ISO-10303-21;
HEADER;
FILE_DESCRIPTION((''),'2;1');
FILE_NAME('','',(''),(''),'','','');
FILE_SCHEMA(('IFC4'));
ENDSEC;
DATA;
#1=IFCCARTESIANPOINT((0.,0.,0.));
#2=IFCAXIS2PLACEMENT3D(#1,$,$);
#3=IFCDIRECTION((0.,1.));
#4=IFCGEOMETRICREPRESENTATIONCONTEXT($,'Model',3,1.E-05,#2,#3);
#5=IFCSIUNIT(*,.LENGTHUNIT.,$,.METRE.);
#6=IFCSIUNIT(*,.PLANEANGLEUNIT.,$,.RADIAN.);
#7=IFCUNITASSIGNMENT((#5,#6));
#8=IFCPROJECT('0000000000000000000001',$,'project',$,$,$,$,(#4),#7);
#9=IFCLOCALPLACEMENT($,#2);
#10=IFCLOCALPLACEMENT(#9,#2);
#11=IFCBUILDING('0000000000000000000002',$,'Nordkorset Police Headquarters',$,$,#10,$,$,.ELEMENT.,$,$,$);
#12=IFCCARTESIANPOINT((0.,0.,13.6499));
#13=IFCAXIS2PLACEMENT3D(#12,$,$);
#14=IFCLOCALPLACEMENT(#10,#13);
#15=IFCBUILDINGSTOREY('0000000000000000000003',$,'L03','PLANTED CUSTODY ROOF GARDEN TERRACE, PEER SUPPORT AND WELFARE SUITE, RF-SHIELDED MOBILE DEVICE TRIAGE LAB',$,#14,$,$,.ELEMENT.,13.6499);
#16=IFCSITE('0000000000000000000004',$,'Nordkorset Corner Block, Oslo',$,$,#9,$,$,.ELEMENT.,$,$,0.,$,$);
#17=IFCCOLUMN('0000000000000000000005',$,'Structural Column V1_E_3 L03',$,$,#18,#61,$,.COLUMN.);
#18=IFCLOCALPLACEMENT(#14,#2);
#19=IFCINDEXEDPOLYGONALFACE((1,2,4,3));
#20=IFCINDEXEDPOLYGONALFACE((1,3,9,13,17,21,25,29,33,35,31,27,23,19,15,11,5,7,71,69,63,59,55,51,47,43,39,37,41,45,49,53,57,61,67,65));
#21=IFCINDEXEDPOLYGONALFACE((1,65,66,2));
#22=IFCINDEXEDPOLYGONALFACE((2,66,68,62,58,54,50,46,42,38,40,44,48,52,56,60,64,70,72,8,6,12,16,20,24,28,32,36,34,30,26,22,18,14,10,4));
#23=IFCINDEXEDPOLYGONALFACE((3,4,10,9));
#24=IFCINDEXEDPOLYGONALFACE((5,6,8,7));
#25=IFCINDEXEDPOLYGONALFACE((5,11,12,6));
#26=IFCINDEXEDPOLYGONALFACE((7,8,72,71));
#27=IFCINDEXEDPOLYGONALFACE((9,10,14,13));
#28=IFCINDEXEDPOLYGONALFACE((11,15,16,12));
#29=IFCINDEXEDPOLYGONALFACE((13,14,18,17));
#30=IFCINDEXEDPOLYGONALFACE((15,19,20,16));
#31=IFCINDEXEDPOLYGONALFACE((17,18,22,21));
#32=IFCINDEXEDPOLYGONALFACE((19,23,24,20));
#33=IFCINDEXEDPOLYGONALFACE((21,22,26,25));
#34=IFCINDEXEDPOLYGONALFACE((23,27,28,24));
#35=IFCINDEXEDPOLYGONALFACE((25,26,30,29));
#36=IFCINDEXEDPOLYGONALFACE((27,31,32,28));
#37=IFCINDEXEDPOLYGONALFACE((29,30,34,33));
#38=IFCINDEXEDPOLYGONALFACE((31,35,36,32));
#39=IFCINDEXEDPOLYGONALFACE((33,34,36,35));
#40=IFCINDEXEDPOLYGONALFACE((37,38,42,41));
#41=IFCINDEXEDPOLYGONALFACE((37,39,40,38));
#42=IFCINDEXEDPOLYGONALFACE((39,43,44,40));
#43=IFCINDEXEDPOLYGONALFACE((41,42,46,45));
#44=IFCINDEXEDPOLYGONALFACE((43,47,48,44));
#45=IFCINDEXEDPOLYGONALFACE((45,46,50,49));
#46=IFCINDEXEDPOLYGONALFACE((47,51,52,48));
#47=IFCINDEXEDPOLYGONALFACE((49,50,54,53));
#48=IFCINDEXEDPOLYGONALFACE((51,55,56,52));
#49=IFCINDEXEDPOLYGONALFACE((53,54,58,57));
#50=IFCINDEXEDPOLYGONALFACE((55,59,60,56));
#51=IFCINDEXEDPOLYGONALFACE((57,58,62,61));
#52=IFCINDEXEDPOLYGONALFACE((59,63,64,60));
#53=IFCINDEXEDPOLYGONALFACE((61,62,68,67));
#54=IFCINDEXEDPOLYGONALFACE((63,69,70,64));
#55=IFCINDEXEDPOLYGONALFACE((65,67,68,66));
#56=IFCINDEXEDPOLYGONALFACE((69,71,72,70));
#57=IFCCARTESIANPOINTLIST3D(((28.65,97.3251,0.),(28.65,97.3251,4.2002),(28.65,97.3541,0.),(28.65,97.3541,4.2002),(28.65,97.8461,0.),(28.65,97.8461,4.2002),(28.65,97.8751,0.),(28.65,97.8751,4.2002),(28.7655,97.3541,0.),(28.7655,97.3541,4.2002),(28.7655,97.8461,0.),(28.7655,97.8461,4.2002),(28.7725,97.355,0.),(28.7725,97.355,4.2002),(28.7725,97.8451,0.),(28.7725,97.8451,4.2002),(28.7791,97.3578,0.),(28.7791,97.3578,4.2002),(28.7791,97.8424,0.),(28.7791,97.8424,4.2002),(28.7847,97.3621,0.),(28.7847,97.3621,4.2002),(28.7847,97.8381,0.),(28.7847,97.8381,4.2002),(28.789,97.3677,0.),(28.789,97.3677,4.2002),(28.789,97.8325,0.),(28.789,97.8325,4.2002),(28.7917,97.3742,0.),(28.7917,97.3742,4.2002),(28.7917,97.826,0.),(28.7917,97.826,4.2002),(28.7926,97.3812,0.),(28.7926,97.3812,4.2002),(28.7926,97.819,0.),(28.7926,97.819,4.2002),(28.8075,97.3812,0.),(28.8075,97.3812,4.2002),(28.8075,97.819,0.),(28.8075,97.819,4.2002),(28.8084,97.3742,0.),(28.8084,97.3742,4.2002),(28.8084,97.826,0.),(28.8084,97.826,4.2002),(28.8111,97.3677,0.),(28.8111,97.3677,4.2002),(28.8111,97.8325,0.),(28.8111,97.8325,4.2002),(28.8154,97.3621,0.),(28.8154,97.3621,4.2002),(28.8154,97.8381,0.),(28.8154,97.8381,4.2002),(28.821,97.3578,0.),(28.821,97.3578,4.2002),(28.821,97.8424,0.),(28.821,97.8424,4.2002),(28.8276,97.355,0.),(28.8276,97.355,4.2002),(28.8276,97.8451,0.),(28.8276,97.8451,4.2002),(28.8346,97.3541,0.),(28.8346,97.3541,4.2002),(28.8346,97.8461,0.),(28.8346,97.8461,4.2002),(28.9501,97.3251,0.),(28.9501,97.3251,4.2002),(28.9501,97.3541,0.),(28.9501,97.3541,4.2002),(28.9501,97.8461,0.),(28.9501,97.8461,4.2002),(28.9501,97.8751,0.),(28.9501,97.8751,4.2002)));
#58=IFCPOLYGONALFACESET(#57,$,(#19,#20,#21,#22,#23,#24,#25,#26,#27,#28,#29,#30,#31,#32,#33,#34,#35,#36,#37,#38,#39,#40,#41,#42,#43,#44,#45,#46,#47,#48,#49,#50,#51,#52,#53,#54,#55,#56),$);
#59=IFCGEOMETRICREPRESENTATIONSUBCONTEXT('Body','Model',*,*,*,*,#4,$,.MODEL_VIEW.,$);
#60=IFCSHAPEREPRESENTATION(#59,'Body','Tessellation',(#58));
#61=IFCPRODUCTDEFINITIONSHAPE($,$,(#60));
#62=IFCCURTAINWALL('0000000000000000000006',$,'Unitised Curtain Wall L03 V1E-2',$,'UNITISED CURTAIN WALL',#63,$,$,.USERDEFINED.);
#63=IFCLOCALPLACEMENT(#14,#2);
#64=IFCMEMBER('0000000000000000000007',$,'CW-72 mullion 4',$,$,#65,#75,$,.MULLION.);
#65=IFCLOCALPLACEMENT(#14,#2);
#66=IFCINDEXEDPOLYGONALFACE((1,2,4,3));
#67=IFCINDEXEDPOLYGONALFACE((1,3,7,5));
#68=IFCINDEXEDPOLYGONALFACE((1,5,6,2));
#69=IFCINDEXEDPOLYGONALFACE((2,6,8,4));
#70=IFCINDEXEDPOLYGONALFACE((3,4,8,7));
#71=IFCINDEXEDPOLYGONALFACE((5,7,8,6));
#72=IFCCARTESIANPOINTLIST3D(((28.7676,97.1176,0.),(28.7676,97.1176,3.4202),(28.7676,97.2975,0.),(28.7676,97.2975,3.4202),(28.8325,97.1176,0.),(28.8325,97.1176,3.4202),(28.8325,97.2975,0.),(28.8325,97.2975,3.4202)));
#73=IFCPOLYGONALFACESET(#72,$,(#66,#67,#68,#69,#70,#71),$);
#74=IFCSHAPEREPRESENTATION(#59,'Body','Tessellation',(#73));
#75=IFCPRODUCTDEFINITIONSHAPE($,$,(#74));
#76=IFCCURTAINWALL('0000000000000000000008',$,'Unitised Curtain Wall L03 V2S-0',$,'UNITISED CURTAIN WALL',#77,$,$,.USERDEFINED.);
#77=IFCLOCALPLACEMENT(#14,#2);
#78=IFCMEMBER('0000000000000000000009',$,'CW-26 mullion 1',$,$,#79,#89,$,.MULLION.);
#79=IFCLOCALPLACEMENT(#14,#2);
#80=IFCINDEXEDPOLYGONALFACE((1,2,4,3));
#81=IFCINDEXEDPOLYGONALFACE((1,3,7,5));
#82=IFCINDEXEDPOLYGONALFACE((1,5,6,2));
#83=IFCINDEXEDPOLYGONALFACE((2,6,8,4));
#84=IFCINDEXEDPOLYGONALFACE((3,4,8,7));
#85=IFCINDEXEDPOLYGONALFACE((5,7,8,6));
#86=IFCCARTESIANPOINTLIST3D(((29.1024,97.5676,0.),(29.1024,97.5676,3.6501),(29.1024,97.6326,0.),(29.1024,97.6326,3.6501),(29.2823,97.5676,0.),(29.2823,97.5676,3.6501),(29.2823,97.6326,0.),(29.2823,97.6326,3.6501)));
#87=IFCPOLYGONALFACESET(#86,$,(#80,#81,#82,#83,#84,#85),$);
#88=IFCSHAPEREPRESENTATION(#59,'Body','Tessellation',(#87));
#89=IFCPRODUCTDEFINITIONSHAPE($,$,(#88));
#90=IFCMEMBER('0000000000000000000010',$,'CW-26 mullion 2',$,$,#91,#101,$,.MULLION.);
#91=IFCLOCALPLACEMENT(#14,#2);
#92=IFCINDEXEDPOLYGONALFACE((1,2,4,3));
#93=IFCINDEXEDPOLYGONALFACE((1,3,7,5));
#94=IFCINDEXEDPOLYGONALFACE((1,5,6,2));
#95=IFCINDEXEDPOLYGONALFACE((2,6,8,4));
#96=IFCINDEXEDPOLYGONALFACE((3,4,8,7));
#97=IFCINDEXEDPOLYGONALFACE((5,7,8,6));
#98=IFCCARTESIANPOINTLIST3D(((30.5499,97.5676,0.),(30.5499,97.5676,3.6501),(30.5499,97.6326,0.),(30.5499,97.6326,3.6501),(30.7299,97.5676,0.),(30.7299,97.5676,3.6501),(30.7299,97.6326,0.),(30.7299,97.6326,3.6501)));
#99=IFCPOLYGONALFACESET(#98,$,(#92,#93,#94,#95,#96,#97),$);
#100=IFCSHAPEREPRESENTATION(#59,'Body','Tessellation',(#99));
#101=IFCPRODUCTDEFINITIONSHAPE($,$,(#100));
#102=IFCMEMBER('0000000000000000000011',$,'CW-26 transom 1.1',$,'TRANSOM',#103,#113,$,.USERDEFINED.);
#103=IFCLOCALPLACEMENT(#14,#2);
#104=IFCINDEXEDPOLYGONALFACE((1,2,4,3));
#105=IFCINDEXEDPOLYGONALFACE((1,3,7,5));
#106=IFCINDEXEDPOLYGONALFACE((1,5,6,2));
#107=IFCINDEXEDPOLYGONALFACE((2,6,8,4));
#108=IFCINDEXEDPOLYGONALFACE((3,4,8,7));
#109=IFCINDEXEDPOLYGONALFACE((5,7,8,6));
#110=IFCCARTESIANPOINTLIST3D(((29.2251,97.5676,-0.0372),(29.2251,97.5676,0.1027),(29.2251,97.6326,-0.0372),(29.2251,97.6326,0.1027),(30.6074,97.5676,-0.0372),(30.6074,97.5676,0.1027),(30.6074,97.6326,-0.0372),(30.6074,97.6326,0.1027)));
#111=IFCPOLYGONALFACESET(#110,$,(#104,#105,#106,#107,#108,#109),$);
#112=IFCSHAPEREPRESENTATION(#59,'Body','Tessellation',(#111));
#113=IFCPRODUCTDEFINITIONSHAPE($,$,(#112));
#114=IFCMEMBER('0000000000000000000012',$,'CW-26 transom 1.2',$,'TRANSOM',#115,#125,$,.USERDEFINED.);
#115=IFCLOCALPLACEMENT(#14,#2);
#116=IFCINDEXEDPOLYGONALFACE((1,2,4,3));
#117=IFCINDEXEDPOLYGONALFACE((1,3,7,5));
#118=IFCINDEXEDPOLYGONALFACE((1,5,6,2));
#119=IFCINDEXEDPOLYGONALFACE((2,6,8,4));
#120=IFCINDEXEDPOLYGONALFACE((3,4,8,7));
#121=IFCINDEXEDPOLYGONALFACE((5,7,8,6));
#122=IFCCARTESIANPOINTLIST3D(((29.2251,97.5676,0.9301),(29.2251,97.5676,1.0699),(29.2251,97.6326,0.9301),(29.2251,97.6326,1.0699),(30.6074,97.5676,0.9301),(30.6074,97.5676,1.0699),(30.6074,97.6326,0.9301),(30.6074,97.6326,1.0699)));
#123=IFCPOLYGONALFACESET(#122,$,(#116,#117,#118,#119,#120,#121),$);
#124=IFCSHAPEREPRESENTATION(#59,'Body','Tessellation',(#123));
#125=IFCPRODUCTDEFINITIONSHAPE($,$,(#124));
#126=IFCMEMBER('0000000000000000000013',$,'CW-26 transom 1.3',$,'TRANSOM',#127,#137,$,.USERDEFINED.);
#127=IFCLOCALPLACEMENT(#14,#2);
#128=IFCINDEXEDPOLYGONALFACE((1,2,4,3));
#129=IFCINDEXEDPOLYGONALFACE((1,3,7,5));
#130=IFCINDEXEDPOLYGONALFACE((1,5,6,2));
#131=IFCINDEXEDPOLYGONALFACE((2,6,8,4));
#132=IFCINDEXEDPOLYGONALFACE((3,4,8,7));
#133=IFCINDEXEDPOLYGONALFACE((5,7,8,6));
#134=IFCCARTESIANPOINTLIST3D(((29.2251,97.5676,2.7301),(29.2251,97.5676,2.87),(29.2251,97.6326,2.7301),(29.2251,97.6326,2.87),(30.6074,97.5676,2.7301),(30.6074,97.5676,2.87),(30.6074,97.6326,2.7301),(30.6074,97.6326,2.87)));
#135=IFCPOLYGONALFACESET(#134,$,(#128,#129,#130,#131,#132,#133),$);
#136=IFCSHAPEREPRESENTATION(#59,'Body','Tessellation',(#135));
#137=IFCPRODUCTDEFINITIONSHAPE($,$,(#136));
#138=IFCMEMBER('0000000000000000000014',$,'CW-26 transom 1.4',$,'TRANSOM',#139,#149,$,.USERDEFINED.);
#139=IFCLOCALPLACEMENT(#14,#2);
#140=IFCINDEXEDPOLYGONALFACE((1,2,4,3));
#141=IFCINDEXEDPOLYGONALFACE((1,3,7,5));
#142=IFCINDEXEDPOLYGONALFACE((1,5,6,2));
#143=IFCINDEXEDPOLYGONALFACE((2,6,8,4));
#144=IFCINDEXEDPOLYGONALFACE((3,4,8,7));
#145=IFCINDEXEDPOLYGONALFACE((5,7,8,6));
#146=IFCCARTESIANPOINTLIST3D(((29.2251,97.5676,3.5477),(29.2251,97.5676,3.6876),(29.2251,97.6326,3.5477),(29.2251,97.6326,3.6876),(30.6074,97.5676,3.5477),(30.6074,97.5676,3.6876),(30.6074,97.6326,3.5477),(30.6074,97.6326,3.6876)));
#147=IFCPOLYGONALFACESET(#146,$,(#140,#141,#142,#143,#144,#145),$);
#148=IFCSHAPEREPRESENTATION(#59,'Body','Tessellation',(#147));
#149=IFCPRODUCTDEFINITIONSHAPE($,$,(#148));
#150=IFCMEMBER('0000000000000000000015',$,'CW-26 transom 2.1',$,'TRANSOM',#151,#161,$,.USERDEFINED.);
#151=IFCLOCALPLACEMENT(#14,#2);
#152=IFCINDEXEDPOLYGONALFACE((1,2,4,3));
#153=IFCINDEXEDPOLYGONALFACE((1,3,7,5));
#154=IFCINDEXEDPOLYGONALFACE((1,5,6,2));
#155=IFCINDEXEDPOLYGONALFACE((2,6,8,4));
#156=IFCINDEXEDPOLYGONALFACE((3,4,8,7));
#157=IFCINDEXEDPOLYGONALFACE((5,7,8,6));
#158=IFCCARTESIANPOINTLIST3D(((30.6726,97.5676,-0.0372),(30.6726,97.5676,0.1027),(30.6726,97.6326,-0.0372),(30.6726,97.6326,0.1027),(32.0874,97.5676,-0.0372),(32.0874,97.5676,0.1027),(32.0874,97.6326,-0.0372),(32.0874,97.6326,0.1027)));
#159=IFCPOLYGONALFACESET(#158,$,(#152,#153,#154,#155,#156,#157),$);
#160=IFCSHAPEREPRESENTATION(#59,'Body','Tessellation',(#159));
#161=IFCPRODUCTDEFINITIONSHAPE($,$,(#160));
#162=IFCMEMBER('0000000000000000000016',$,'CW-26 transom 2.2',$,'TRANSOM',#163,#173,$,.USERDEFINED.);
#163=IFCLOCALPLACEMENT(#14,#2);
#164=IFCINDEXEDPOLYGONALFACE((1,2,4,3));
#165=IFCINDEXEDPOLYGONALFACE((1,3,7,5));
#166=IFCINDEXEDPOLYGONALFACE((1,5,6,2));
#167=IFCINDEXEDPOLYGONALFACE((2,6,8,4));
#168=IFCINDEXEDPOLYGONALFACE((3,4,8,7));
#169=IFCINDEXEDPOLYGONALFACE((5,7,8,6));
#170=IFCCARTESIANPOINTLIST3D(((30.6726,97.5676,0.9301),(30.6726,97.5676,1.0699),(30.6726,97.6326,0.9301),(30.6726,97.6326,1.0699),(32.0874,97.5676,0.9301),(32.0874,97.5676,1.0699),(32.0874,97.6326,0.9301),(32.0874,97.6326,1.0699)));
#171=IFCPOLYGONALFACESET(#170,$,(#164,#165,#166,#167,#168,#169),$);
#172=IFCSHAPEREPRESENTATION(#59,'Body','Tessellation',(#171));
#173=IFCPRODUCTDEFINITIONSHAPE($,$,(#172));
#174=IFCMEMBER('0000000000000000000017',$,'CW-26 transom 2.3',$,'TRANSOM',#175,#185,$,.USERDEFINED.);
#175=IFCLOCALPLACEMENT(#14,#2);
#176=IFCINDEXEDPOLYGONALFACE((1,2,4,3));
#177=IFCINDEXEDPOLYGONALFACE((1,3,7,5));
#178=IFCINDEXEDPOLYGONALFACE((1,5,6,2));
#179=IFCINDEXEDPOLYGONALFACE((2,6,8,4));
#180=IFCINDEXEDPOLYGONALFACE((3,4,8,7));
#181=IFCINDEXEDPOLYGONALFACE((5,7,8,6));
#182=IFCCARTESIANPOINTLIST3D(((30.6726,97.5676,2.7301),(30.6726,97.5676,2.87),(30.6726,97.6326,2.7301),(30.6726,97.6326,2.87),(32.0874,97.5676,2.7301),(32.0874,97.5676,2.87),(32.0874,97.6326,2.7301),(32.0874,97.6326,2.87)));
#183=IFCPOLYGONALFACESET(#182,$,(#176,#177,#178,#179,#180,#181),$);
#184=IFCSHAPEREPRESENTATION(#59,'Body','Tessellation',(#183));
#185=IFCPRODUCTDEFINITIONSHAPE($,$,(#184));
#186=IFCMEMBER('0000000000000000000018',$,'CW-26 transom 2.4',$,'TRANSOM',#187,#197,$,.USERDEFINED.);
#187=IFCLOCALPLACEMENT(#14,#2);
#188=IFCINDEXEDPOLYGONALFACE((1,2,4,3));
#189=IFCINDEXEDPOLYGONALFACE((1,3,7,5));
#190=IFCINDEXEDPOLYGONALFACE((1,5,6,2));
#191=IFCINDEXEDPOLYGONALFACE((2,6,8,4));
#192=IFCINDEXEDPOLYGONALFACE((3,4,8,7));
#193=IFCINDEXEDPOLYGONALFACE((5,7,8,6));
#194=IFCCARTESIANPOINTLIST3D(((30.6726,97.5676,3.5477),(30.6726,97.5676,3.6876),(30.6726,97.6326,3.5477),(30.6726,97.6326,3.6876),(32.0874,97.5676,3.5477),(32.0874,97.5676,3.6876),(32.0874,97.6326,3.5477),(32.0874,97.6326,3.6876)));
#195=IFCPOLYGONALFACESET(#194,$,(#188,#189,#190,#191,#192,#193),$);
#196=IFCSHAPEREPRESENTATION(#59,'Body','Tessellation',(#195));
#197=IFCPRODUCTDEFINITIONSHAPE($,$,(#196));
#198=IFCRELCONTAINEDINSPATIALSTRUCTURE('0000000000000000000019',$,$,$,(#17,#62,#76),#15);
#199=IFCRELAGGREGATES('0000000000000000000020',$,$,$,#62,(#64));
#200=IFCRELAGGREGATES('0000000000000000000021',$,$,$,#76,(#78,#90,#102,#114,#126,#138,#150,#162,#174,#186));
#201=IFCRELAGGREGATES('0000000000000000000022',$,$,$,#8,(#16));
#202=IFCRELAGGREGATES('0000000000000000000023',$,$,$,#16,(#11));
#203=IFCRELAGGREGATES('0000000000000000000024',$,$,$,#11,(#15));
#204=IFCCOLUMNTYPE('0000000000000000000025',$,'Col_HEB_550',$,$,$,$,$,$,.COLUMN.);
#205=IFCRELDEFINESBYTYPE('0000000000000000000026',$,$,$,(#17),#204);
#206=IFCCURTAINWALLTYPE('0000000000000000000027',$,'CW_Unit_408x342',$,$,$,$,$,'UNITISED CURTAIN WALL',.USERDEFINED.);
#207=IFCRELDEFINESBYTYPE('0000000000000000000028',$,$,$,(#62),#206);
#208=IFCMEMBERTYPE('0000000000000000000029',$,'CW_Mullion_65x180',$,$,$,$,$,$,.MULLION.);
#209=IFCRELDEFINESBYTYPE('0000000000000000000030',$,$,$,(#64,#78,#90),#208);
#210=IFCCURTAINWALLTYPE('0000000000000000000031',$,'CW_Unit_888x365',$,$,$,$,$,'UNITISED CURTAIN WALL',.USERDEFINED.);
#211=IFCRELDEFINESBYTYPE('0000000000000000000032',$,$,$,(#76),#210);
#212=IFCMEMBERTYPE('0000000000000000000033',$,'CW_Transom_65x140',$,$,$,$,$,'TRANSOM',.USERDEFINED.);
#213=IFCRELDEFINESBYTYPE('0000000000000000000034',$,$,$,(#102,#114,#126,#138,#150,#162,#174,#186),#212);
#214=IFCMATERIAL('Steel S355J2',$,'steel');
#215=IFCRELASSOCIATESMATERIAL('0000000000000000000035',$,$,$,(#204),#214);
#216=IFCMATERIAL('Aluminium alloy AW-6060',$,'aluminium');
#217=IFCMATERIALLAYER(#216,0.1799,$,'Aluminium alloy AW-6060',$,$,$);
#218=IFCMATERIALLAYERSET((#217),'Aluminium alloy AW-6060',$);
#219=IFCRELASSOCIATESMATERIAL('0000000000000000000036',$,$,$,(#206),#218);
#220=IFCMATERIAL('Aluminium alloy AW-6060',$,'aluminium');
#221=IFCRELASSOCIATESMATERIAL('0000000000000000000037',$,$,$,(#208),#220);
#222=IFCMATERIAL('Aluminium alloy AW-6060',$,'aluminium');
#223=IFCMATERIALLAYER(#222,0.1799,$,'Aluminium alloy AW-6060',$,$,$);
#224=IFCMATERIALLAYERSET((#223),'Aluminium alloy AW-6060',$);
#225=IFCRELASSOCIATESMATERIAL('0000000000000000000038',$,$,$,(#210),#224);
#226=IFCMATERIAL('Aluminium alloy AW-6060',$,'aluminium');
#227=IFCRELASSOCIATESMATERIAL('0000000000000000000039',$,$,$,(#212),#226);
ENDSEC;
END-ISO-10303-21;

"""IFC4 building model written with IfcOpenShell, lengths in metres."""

from ifc_helpers import new_model, si_unit, direction, frame, origin, origin_2d, place, context, subcontext, project, spatial, rectangle, i_section, extrude, material, layer, layer_set, material_profile, profile_set, type_object, element, aggregate, save


model = new_model("IFC4")

# Units and contexts
model_context = context("Model", 3, precision=1e-05, world=origin(), true_north=direction((0.0, 1.0)))
body_context = subcontext(model_context, "Body", "Model", "MODEL_VIEW")
ifc_project = project(units=[si_unit("LENGTHUNIT", "METRE"), si_unit("PLANEANGLEUNIT", "RADIAN")], contexts=[model_context])

# Site, building, storey
site_placement = place(None, origin())
site = spatial("IfcSite", under=ifc_project, at=site_placement, Name="Nordkorset Corner Block, Oslo", CompositionType="ELEMENT", RefElevation=0.0)
building_placement = place(site_placement, origin())
building = spatial("IfcBuilding", under=site, at=building_placement, Name="Nordkorset Police Headquarters", CompositionType="ELEMENT")
storey_placement = place(building_placement, frame((0.0, 0.0, 13.6499)))
storey = spatial("IfcBuildingStorey", under=building, at=storey_placement, Name="L03", Description="PLANTED CUSTODY ROOF GARDEN TERRACE, PEER SUPPORT AND WELFARE SUITE, RF-SHIELDED MOBILE DEVICE TRIAGE LAB", CompositionType="ELEMENT", Elevation=13.6499)

# Column
ifc_material_1 = material(Name="Steel S355J2", Category="steel")
ifc_material_profile_1 = material_profile(ifc_material_1, i_section(OverallWidth=0.3, OverallDepth=0.55, WebThickness=0.0149, FlangeThickness=0.0291, FilletRadius=0.0271, at=origin_2d()), Name="HEB 550")
ifc_profile_set_1 = profile_set([ifc_material_profile_1], Name="Steel S355J2")
column_type = type_object("IfcColumnType", Name="Col_HEB_550", PredefinedType="COLUMN", material=ifc_profile_set_1)
column_placement = place(storey_placement, frame((28.8, 97.6001, 0.0), z_axis=(0.0, 0.0, 1.0), x_axis=(1.0, 0.0, 0.0)))
element("IfcColumn", 1, at=column_placement, inside=storey, type_object=column_type, Name="Structural Column V1_E_3 L03", PredefinedType="COLUMN", context=body_context, shape_type="SweptSolid", body=[
    extrude(i_section(OverallWidth=0.3, OverallDepth=0.55, WebThickness=0.0149, FlangeThickness=0.0291, FilletRadius=0.0271, at=origin_2d()), origin(), (0.0, 0.0, 1.0), 4.2002),
])

# Curtain wall, member
ifc_material_2 = material(Name="Aluminium alloy AW-6060", Category="aluminium")
ifc_layer_1 = layer(ifc_material_2, 0.1799, Name="Aluminium alloy AW-6060")
ifc_layer_set_1 = layer_set([ifc_layer_1], Name="Aluminium alloy AW-6060")
curtain_wall_type_1 = type_object("IfcCurtainWallType", Name="CW_Unit_408x342", ElementType="UNITISED CURTAIN WALL", PredefinedType="USERDEFINED", material=ifc_layer_set_1)
curtain_wall_1_placement = place(storey_placement, origin())
curtain_wall_1 = element("IfcCurtainWall", 2, at=curtain_wall_1_placement, inside=storey, type_object=curtain_wall_type_1, Name="Unitised Curtain Wall L03 V1E-2", ObjectType="UNITISED CURTAIN WALL", PredefinedType="USERDEFINED")
ifc_material_3 = material(Name="Aluminium alloy AW-6060", Category="aluminium")
ifc_material_profile_2 = material_profile(ifc_material_3, rectangle(XDim=0.0649, YDim=0.1799, at=origin_2d()), Name="ALU MULL 65x180")
ifc_profile_set_2 = profile_set([ifc_material_profile_2], Name="Aluminium alloy AW-6060")
member_type_1 = type_object("IfcMemberType", Name="CW_Mullion_65x180", PredefinedType="MULLION", material=ifc_profile_set_2)
member_1_placement = place(storey_placement, frame((28.8, 97.2075, 0.0), z_axis=(0.0, 0.0, 1.0), x_axis=(-1.0, 0.0, 0.0)))
member_1 = element("IfcMember", 3, at=member_1_placement, type_object=member_type_1, Name="CW-72 mullion 4", PredefinedType="MULLION", context=body_context, shape_type="SweptSolid", body=[
    extrude(rectangle(XDim=0.0649, YDim=0.1799, at=origin_2d()), origin(), (0.0, 0.0, 1.0), 3.4202),
])

# Curtain wall, members
ifc_material_4 = material(Name="Aluminium alloy AW-6060", Category="aluminium")
ifc_layer_2 = layer(ifc_material_4, 0.1799, Name="Aluminium alloy AW-6060")
ifc_layer_set_2 = layer_set([ifc_layer_2], Name="Aluminium alloy AW-6060")
curtain_wall_type_2 = type_object("IfcCurtainWallType", Name="CW_Unit_888x365", ElementType="UNITISED CURTAIN WALL", PredefinedType="USERDEFINED", material=ifc_layer_set_2)
curtain_wall_2_placement = place(storey_placement, origin())
curtain_wall_2 = element("IfcCurtainWall", 4, at=curtain_wall_2_placement, inside=storey, type_object=curtain_wall_type_2, Name="Unitised Curtain Wall L03 V2S-0", ObjectType="UNITISED CURTAIN WALL", PredefinedType="USERDEFINED")
member_2_placement = place(storey_placement, frame((29.1924, 97.6001, 0.0), z_axis=(0.0, 0.0, 1.0), x_axis=(0.0, 1.0, 0.0)))
member_2 = element("IfcMember", 5, at=member_2_placement, type_object=member_type_1, Name="CW-26 mullion 1", PredefinedType="MULLION", context=body_context, shape_type="SweptSolid", body=[
    extrude(rectangle(XDim=0.0649, YDim=0.1799, at=origin_2d()), origin(), (0.0, 0.0, 1.0), 3.6501),
])
member_3_placement = place(storey_placement, frame((30.6399, 97.6001, 0.0), z_axis=(0.0, 0.0, 1.0), x_axis=(0.0, 1.0, 0.0)))
member_3 = element("IfcMember", 6, at=member_3_placement, type_object=member_type_1, Name="CW-26 mullion 2", PredefinedType="MULLION", context=body_context, shape_type="SweptSolid", body=[
    extrude(rectangle(XDim=0.0649, YDim=0.1799, at=origin_2d()), origin(), (0.0, 0.0, 1.0), 3.6501),
])
ifc_material_5 = material(Name="Aluminium alloy AW-6060", Category="aluminium")
ifc_material_profile_3 = material_profile(ifc_material_5, rectangle(XDim=0.0649, YDim=0.1399, at=origin_2d()), Name="ALU TRAN 65x140")
ifc_profile_set_3 = profile_set([ifc_material_profile_3], Name="Aluminium alloy AW-6060")
member_type_2 = type_object("IfcMemberType", Name="CW_Transom_65x140", ElementType="TRANSOM", PredefinedType="USERDEFINED", material=ifc_profile_set_3)
member_4_placement = place(storey_placement, frame((29.2251, 97.6001, 0.0327), z_axis=(1.0, 0.0, 0.0), x_axis=(0.0, 1.0, 0.0)))
member_4 = element("IfcMember", 7, at=member_4_placement, type_object=member_type_2, Name="CW-26 transom 1.1", ObjectType="TRANSOM", PredefinedType="USERDEFINED", context=body_context, shape_type="SweptSolid", body=[
    extrude(rectangle(XDim=0.0649, YDim=0.1399, at=origin_2d()), origin(), (0.0, 0.0, 1.0), 1.3823),
])
member_5_placement = place(storey_placement, frame((29.2251, 97.6001, 1.0), z_axis=(1.0, 0.0, 0.0), x_axis=(0.0, 1.0, 0.0)))
member_5 = element("IfcMember", 8, at=member_5_placement, type_object=member_type_2, Name="CW-26 transom 1.2", ObjectType="TRANSOM", PredefinedType="USERDEFINED", context=body_context, shape_type="SweptSolid", body=[
    extrude(rectangle(XDim=0.0649, YDim=0.1399, at=origin_2d()), origin(), (0.0, 0.0, 1.0), 1.3823),
])
member_6_placement = place(storey_placement, frame((29.2251, 97.6001, 2.8), z_axis=(1.0, 0.0, 0.0), x_axis=(0.0, 1.0, 0.0)))
member_6 = element("IfcMember", 9, at=member_6_placement, type_object=member_type_2, Name="CW-26 transom 1.3", ObjectType="TRANSOM", PredefinedType="USERDEFINED", context=body_context, shape_type="SweptSolid", body=[
    extrude(rectangle(XDim=0.0649, YDim=0.1399, at=origin_2d()), origin(), (0.0, 0.0, 1.0), 1.3823),
])
member_7_placement = place(storey_placement, frame((29.2251, 97.6001, 3.6177), z_axis=(1.0, 0.0, 0.0), x_axis=(0.0, 1.0, 0.0)))
member_7 = element("IfcMember", 10, at=member_7_placement, type_object=member_type_2, Name="CW-26 transom 1.4", ObjectType="TRANSOM", PredefinedType="USERDEFINED", context=body_context, shape_type="SweptSolid", body=[
    extrude(rectangle(XDim=0.0649, YDim=0.1399, at=origin_2d()), origin(), (0.0, 0.0, 1.0), 1.3823),
])
member_8_placement = place(storey_placement, frame((30.6726, 97.6001, 0.0327), z_axis=(1.0, 0.0, 0.0), x_axis=(0.0, 1.0, 0.0)))
member_8 = element("IfcMember", 11, at=member_8_placement, type_object=member_type_2, Name="CW-26 transom 2.1", ObjectType="TRANSOM", PredefinedType="USERDEFINED", context=body_context, shape_type="SweptSolid", body=[
    extrude(rectangle(XDim=0.0649, YDim=0.1399, at=origin_2d()), origin(), (0.0, 0.0, 1.0), 1.4148),
])
member_9_placement = place(storey_placement, frame((30.6726, 97.6001, 1.0), z_axis=(1.0, 0.0, 0.0), x_axis=(0.0, 1.0, 0.0)))
member_9 = element("IfcMember", 12, at=member_9_placement, type_object=member_type_2, Name="CW-26 transom 2.2", ObjectType="TRANSOM", PredefinedType="USERDEFINED", context=body_context, shape_type="SweptSolid", body=[
    extrude(rectangle(XDim=0.0649, YDim=0.1399, at=origin_2d()), origin(), (0.0, 0.0, 1.0), 1.4148),
])
member_10_placement = place(storey_placement, frame((30.6726, 97.6001, 2.8), z_axis=(1.0, 0.0, 0.0), x_axis=(0.0, 1.0, 0.0)))
member_10 = element("IfcMember", 13, at=member_10_placement, type_object=member_type_2, Name="CW-26 transom 2.3", ObjectType="TRANSOM", PredefinedType="USERDEFINED", context=body_context, shape_type="SweptSolid", body=[
    extrude(rectangle(XDim=0.0649, YDim=0.1399, at=origin_2d()), origin(), (0.0, 0.0, 1.0), 1.4148),
])
member_11_placement = place(storey_placement, frame((30.6726, 97.6001, 3.6177), z_axis=(1.0, 0.0, 0.0), x_axis=(0.0, 1.0, 0.0)))
member_11 = element("IfcMember", 14, at=member_11_placement, type_object=member_type_2, Name="CW-26 transom 2.4", ObjectType="TRANSOM", PredefinedType="USERDEFINED", context=body_context, shape_type="SweptSolid", body=[
    extrude(rectangle(XDim=0.0649, YDim=0.1399, at=origin_2d()), origin(), (0.0, 0.0, 1.0), 1.4148),
])

aggregate(curtain_wall_1, [member_1])
aggregate(curtain_wall_2, [member_2, member_3, member_4, member_5, member_6, member_7, member_8, member_9, member_10, member_11])

save(model, "model.ifc")
